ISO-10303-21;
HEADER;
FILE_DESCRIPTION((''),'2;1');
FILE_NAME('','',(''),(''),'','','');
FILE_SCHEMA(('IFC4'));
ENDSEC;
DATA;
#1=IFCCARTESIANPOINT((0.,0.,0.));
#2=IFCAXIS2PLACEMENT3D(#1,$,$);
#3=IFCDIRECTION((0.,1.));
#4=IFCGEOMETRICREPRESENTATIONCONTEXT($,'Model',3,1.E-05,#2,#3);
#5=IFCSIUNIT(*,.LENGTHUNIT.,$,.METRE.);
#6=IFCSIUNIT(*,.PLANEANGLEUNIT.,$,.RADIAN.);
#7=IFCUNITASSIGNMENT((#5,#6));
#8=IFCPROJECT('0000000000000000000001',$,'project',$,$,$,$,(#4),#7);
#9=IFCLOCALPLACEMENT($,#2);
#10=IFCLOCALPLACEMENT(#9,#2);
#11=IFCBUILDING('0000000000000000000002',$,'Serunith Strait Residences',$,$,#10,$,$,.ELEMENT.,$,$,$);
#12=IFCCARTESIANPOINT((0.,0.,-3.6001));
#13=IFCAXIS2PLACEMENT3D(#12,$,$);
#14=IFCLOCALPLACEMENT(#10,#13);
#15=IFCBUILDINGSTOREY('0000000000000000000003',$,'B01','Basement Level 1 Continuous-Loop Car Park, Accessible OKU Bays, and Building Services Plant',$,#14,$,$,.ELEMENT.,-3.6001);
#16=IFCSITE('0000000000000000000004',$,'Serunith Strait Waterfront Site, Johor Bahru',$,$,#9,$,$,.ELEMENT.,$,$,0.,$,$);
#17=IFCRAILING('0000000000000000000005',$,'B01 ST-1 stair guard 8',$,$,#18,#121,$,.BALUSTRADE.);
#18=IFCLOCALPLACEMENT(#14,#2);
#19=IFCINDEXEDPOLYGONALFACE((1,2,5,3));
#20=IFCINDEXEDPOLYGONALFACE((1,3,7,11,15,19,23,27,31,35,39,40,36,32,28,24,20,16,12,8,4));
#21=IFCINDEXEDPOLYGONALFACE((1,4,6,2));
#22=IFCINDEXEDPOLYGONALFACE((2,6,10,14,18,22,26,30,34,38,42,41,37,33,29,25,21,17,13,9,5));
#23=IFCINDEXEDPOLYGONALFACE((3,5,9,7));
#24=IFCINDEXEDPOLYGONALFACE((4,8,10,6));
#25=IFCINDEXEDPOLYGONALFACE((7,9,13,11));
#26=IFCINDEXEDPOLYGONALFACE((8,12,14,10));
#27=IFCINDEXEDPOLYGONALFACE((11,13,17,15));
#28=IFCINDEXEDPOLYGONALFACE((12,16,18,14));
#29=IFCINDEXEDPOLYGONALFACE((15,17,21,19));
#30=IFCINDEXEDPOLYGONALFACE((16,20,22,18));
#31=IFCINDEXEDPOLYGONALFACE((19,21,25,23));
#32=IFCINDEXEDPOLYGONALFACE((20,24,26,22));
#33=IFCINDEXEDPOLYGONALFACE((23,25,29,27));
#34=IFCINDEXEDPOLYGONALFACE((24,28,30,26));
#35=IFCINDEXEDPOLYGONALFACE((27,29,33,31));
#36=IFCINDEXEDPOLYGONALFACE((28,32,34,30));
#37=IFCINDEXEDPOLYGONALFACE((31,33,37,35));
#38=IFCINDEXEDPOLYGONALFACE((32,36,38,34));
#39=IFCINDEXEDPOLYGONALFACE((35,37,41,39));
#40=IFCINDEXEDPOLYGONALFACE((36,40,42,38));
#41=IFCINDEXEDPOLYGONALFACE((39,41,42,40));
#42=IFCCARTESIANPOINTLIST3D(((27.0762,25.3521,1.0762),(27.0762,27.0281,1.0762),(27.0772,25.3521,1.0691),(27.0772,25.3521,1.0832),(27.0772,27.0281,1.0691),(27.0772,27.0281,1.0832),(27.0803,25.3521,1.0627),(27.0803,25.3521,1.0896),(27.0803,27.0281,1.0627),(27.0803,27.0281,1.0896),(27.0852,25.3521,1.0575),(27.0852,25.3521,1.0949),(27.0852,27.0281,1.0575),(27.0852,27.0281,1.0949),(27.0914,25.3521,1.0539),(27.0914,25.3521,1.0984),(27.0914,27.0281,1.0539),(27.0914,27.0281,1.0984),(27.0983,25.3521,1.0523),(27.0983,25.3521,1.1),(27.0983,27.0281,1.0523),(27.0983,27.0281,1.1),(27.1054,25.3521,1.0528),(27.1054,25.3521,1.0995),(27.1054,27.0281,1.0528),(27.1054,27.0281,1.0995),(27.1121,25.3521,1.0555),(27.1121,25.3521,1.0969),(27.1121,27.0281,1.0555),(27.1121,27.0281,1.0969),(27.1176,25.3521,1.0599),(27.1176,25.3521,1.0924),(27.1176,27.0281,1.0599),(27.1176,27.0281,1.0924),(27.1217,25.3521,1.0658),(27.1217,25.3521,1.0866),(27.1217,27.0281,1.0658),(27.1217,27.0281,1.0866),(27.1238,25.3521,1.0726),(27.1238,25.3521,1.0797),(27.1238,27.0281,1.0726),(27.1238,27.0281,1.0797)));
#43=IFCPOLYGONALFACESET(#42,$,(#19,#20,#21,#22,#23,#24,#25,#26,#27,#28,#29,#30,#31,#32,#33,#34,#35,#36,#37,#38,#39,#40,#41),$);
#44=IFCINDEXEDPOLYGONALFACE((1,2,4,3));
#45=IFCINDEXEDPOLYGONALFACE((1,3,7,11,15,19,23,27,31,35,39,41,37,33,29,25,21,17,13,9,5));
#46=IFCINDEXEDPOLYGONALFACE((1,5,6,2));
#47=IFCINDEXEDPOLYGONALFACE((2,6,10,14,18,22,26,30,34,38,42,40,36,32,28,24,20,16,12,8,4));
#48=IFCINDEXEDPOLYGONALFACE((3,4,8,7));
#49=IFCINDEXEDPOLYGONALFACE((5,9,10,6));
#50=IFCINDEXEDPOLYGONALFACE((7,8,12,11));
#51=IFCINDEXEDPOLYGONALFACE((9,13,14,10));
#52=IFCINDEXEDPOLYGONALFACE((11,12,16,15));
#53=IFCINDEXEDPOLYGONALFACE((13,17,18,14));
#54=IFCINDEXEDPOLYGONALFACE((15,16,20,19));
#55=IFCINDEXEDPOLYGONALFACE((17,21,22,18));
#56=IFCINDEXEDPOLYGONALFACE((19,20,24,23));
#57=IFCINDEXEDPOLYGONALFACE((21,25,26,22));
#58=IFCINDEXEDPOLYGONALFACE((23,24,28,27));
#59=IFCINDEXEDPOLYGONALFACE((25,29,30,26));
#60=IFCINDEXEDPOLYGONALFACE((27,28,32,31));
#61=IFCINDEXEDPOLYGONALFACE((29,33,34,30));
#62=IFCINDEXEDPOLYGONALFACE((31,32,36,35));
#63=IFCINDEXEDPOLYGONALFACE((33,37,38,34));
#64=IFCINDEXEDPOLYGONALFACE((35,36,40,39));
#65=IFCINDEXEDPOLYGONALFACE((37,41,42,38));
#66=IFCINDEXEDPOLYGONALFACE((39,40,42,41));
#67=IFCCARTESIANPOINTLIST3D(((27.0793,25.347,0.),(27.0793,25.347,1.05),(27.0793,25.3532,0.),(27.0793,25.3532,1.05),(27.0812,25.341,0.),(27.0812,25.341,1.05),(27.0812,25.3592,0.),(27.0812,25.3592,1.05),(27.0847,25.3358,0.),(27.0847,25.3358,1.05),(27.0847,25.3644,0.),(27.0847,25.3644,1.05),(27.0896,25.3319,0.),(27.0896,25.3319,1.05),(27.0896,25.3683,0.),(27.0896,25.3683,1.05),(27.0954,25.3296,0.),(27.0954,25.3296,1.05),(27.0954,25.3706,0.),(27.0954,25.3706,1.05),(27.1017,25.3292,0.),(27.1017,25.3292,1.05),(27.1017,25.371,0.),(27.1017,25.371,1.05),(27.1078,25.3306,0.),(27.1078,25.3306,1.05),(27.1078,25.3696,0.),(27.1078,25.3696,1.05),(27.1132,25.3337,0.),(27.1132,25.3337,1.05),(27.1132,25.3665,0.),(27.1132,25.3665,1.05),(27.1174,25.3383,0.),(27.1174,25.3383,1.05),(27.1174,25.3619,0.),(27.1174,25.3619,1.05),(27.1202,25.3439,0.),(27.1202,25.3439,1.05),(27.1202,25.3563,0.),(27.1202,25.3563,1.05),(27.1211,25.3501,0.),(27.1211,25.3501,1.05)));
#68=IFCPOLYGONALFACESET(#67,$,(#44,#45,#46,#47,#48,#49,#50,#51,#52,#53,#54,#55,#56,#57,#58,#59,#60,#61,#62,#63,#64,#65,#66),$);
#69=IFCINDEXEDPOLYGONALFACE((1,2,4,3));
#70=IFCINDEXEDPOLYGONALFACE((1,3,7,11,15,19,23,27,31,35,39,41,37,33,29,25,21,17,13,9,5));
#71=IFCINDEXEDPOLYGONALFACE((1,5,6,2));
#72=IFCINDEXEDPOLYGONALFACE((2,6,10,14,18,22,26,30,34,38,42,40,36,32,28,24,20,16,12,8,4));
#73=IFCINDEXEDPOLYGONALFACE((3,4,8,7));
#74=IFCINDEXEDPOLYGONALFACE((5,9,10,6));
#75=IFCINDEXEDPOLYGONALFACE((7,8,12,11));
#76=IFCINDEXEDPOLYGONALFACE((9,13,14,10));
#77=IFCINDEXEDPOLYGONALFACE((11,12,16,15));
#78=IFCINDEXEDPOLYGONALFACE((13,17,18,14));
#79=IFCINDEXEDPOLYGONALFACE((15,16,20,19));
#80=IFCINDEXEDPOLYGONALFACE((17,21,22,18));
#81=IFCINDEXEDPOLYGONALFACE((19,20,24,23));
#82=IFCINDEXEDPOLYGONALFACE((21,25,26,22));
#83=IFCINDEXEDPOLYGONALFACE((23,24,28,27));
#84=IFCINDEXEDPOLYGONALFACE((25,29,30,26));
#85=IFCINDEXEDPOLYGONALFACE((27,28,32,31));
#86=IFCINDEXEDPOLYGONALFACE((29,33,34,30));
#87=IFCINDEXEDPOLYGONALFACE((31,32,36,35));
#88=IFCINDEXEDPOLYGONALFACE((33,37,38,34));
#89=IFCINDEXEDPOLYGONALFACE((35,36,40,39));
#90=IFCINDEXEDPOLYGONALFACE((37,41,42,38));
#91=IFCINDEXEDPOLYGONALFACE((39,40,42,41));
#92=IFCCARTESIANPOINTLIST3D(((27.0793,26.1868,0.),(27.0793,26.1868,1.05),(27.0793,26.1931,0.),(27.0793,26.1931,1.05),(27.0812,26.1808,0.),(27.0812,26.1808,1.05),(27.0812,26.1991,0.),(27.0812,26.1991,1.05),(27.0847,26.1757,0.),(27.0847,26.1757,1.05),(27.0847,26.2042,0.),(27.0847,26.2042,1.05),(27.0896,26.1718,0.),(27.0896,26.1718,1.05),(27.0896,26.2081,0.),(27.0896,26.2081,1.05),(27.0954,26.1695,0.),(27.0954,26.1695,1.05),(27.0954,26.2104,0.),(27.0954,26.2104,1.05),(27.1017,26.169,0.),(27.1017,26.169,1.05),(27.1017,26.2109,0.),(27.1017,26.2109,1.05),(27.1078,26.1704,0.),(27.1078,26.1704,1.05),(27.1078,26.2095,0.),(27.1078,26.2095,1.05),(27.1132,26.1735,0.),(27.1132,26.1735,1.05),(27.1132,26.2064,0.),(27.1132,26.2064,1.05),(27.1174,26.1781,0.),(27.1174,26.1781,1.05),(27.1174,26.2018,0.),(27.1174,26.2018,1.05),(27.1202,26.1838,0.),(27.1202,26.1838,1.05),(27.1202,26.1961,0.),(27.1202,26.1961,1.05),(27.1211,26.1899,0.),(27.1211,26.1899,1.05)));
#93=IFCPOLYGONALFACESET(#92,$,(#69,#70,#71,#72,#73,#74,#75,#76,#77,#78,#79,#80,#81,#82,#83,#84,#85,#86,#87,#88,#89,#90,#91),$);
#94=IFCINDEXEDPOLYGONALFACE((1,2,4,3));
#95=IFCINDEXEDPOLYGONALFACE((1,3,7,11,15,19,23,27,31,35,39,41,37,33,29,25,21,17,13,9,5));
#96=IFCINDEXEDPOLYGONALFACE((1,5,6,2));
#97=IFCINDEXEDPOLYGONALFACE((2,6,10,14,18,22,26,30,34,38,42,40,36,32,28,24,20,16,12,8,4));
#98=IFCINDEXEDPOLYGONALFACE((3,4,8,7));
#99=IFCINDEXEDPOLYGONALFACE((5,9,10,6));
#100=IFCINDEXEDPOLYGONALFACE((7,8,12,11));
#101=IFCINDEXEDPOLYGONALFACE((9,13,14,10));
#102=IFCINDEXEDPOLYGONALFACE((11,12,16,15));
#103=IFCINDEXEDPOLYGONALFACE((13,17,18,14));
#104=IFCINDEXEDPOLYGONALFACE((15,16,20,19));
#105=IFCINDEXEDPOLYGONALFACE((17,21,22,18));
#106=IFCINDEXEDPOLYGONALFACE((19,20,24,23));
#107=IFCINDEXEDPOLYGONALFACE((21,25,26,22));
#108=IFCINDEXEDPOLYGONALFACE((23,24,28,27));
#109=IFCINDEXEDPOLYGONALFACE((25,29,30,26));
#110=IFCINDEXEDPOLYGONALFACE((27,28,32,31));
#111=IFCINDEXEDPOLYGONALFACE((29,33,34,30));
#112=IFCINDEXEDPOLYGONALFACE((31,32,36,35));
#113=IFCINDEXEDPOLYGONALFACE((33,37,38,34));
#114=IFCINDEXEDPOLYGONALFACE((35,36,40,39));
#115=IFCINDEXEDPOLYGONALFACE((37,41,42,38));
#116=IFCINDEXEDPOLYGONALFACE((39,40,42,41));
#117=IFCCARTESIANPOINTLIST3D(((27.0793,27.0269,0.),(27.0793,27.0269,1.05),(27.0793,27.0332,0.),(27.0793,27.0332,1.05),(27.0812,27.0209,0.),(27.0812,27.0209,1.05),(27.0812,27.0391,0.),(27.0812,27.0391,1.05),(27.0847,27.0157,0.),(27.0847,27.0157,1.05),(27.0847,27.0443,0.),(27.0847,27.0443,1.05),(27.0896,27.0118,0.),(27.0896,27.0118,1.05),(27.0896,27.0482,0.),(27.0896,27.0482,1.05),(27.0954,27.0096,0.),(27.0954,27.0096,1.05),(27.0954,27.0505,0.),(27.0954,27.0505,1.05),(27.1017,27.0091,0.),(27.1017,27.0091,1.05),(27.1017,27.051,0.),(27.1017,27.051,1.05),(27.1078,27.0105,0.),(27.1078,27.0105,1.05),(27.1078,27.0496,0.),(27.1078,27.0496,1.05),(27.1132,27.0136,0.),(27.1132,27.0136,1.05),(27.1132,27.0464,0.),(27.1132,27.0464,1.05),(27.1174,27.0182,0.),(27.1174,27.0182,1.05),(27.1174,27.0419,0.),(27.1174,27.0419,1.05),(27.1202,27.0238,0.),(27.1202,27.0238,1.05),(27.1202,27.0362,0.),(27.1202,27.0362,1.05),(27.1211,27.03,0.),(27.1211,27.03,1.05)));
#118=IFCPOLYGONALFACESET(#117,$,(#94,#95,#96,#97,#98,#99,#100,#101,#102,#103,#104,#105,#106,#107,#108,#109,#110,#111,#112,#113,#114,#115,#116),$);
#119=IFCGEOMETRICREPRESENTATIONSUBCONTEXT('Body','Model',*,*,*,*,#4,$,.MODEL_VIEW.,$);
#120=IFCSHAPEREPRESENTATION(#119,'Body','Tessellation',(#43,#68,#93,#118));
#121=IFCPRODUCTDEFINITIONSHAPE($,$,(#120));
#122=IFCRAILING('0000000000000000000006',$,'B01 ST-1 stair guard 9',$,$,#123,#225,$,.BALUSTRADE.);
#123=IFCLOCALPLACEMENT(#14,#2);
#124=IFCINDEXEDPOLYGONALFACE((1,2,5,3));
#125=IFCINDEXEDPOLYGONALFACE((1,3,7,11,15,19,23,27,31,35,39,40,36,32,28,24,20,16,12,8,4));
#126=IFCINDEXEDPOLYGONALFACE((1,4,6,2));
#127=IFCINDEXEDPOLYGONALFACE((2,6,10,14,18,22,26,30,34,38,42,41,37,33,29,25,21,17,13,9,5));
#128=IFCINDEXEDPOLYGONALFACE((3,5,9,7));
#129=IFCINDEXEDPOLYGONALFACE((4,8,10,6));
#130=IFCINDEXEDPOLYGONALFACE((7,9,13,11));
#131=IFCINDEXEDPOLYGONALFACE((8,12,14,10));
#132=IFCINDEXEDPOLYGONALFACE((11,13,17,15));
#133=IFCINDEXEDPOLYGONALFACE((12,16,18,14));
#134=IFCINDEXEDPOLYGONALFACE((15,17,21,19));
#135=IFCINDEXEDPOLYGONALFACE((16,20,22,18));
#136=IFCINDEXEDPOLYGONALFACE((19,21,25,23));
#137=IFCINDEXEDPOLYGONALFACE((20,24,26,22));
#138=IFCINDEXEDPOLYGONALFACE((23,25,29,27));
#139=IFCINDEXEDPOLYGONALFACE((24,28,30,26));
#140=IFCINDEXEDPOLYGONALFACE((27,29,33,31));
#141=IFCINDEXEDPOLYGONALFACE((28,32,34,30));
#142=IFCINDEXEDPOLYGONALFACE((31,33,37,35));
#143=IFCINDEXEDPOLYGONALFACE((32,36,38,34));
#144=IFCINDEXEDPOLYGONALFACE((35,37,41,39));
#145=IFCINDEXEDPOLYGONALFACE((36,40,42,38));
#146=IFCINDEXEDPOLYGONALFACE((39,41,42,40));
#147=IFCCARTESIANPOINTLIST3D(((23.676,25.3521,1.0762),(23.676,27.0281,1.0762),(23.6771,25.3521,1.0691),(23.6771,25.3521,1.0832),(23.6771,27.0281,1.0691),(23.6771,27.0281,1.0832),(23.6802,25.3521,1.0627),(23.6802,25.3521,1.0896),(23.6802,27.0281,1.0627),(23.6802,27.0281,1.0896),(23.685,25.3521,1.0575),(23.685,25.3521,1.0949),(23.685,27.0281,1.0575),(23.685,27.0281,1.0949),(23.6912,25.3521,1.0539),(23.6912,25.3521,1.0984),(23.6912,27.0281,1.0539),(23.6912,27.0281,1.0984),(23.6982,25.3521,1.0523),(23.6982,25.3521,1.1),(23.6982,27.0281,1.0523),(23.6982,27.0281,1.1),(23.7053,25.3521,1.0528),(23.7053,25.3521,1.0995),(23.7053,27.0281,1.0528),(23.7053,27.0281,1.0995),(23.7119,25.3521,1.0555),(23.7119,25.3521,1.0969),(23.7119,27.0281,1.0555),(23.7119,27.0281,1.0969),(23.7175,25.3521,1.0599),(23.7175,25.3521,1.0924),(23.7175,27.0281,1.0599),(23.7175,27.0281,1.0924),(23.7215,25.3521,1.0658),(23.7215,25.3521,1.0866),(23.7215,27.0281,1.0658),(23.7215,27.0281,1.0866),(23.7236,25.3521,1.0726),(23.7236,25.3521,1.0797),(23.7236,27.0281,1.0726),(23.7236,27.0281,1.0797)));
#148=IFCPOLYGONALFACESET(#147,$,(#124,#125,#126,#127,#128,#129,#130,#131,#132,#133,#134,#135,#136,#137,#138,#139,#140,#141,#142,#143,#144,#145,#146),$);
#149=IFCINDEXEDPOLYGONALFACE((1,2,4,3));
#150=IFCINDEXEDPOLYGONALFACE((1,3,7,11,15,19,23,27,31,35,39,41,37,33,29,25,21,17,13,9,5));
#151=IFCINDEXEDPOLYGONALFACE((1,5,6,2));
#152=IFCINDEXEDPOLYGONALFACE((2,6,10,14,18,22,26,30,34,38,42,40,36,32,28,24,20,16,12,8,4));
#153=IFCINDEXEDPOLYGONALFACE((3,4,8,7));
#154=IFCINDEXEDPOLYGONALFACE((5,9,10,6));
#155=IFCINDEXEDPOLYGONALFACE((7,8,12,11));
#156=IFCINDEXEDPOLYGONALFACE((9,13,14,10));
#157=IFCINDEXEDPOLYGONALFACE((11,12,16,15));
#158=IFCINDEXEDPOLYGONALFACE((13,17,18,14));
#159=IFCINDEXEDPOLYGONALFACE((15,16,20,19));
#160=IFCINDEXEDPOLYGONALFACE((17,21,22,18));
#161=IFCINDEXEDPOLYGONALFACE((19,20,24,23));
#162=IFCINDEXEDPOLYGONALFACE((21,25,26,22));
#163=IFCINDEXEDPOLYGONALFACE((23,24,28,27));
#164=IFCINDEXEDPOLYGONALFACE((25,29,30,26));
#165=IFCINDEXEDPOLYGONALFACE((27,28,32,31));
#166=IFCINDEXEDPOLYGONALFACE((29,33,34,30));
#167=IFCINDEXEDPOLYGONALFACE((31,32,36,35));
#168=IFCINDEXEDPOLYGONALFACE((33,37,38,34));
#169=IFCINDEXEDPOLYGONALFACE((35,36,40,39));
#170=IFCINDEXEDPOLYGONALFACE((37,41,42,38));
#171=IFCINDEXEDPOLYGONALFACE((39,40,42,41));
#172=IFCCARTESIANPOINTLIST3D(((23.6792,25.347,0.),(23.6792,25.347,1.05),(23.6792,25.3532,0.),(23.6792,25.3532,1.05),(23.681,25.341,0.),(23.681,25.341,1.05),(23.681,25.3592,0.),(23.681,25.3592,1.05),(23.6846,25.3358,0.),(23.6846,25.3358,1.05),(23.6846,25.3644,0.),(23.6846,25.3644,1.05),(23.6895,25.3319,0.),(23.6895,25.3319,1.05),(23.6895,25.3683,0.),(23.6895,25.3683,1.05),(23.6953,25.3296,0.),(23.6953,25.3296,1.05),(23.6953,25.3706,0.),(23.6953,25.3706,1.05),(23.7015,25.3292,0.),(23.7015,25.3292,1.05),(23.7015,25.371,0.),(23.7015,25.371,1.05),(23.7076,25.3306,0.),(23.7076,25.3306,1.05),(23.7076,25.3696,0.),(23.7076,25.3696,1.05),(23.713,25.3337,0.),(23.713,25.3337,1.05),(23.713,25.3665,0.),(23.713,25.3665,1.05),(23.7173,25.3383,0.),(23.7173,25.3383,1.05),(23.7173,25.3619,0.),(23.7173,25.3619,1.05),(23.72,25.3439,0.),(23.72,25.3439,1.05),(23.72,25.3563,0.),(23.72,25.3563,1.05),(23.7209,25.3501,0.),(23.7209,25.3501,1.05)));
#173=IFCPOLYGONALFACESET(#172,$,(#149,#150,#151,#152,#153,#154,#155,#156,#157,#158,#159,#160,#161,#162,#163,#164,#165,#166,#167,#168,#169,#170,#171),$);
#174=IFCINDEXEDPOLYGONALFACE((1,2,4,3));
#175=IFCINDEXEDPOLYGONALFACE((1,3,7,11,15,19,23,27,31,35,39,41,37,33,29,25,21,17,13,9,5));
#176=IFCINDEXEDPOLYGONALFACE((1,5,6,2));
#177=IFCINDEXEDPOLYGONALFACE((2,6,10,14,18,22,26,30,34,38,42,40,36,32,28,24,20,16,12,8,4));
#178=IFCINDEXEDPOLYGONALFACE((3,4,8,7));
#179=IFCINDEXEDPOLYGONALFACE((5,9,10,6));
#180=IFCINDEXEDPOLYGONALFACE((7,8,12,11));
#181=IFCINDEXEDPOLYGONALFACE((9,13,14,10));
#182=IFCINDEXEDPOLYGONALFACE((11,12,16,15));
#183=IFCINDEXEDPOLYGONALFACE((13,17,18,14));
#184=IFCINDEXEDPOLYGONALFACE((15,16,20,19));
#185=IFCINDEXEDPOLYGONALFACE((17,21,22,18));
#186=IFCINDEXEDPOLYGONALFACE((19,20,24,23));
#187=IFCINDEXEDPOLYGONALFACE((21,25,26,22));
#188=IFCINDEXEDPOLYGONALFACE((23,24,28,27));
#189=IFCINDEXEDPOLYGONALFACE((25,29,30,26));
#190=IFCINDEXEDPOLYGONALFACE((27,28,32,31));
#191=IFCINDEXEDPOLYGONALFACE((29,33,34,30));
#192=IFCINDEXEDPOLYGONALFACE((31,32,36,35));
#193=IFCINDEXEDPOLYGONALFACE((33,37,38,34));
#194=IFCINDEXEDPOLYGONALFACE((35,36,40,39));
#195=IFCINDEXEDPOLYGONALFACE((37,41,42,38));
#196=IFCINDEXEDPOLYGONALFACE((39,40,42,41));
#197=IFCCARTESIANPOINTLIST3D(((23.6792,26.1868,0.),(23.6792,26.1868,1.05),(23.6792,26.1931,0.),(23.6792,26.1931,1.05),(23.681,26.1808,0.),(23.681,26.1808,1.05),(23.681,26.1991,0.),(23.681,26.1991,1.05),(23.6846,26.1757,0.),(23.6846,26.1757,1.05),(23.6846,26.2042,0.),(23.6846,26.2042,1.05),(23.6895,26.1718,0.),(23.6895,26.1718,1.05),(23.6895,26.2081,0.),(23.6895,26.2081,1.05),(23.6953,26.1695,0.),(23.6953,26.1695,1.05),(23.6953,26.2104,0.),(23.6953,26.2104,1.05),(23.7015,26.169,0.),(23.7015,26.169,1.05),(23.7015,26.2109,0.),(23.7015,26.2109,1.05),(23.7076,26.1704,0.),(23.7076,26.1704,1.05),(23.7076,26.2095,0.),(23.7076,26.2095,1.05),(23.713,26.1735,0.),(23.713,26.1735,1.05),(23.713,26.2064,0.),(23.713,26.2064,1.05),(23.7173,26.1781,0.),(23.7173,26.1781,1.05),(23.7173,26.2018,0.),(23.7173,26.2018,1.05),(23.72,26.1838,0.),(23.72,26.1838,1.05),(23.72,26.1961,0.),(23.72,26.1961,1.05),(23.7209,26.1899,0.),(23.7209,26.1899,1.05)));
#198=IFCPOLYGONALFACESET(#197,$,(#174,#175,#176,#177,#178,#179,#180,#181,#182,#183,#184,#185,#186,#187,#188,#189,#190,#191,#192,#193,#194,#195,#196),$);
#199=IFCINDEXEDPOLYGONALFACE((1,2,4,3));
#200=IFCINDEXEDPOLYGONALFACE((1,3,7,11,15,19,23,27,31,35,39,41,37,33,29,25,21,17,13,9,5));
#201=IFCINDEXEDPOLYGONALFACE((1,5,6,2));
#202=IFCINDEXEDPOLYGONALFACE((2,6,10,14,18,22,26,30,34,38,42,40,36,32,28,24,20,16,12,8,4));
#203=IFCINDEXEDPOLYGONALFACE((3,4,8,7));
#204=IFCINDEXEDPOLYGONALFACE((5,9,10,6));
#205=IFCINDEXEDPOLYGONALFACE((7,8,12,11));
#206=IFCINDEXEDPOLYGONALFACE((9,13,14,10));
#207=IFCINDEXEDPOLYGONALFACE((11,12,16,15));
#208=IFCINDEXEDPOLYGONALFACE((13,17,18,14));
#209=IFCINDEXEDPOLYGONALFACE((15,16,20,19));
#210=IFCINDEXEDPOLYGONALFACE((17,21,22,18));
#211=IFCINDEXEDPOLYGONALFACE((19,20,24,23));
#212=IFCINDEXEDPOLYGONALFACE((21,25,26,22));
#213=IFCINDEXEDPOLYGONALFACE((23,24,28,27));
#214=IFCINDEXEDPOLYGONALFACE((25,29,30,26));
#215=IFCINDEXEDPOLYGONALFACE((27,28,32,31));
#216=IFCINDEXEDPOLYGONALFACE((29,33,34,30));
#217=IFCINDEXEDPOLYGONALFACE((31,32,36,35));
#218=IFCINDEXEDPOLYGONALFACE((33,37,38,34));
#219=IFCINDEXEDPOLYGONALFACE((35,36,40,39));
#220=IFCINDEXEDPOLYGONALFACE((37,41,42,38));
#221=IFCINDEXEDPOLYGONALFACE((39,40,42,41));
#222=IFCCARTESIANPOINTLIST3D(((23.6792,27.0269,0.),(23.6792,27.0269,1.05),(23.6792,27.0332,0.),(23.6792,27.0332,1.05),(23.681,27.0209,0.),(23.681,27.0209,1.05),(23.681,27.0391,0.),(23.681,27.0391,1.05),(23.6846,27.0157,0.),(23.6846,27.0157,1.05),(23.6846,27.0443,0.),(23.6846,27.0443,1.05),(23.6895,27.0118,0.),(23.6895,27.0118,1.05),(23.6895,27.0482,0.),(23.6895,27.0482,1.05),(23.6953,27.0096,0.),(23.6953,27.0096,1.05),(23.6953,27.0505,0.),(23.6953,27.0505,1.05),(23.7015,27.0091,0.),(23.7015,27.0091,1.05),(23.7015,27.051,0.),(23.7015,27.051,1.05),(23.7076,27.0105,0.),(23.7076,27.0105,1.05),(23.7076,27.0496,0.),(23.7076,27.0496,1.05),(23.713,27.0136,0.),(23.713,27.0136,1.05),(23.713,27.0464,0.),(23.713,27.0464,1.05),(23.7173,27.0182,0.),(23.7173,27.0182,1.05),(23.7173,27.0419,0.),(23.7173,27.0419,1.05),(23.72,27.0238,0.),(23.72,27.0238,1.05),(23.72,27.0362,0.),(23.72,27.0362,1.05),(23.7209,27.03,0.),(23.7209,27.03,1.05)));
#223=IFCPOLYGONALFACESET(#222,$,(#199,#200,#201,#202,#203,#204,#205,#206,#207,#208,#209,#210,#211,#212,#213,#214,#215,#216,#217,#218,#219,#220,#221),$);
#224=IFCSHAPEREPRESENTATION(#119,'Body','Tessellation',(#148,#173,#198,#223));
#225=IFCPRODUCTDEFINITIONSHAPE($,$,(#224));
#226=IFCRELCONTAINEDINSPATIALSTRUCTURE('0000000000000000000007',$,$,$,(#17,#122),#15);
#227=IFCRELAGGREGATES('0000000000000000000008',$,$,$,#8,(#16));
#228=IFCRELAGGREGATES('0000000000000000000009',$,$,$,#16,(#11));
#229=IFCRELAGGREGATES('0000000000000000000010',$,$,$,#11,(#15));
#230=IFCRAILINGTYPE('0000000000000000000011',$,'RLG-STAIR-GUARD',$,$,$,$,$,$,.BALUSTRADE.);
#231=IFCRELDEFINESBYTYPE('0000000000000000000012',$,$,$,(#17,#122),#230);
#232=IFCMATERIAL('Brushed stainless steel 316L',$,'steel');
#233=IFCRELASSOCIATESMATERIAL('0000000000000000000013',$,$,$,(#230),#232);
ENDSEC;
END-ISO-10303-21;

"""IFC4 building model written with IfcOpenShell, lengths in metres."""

from ifc_helpers import new_model, si_unit, direction, frame, origin, origin_2d, place, context, subcontext, project, spatial, circle, extrude, material, type_object, element, save


model = new_model("IFC4")

# Units and contexts
model_context = context("Model", 3, precision=1e-05, world=origin(), true_north=direction((0.0, 1.0)))
body_context = subcontext(model_context, "Body", "Model", "MODEL_VIEW")
ifc_project = project(units=[si_unit("LENGTHUNIT", "METRE"), si_unit("PLANEANGLEUNIT", "RADIAN")], contexts=[model_context])

# Site, building, storey
site_placement = place(None, origin())
site = spatial("IfcSite", under=ifc_project, at=site_placement, Name="Serunith Strait Waterfront Site, Johor Bahru", CompositionType="ELEMENT", RefElevation=0.0)
building_placement = place(site_placement, origin())
building = spatial("IfcBuilding", under=site, at=building_placement, Name="Serunith Strait Residences", CompositionType="ELEMENT")
storey_placement = place(building_placement, frame((0.0, 0.0, -3.6001)))
storey = spatial("IfcBuildingStorey", under=building, at=storey_placement, Name="B01", Description="Basement Level 1 Continuous-Loop Car Park, Accessible OKU Bays, and Building Services Plant", CompositionType="ELEMENT", Elevation=-3.6001)

# Railings
ifc_material_1 = material(Name="Brushed stainless steel 316L", Category="steel")
railing_type = type_object("IfcRailingType", Name="RLG-STAIR-GUARD", PredefinedType="BALUSTRADE", material=ifc_material_1)
for number, where, name in (
    (1, (27.1001, 25.3501, 0.0), "B01 ST-1 stair guard 8"),
    (2, (23.7, 25.3501, 0.0), "B01 ST-1 stair guard 9"),
):
    element("IfcRailing", number, at=place(storey_placement, frame(where)), inside=storey, type_object=railing_type, Name=name, PredefinedType="BALUSTRADE", context=body_context, shape_type="SweptSolid", body=[
        extrude(circle(Radius=0.0239, at=origin_2d()), frame((0.0, 0.002, 1.0762), z_axis=(0.0, 1.0, 0.0), x_axis=(-1.0, 0.0, 0.0)), (0.0, 0.0, 1.0), 1.676),
        extrude(circle(Radius=0.021, at=origin_2d()), origin(), (0.0, 0.0, 1.0), 1.05),
        extrude(circle(Radius=0.021, at=origin_2d()), frame((0.0, 0.8398, 0.0)), (0.0, 0.0, 1.0), 1.05),
        extrude(circle(Radius=0.021, at=origin_2d()), frame((0.0, 1.6799, 0.0)), (0.0, 0.0, 1.0), 1.05),
    ])

save(model, "model.ifc")
